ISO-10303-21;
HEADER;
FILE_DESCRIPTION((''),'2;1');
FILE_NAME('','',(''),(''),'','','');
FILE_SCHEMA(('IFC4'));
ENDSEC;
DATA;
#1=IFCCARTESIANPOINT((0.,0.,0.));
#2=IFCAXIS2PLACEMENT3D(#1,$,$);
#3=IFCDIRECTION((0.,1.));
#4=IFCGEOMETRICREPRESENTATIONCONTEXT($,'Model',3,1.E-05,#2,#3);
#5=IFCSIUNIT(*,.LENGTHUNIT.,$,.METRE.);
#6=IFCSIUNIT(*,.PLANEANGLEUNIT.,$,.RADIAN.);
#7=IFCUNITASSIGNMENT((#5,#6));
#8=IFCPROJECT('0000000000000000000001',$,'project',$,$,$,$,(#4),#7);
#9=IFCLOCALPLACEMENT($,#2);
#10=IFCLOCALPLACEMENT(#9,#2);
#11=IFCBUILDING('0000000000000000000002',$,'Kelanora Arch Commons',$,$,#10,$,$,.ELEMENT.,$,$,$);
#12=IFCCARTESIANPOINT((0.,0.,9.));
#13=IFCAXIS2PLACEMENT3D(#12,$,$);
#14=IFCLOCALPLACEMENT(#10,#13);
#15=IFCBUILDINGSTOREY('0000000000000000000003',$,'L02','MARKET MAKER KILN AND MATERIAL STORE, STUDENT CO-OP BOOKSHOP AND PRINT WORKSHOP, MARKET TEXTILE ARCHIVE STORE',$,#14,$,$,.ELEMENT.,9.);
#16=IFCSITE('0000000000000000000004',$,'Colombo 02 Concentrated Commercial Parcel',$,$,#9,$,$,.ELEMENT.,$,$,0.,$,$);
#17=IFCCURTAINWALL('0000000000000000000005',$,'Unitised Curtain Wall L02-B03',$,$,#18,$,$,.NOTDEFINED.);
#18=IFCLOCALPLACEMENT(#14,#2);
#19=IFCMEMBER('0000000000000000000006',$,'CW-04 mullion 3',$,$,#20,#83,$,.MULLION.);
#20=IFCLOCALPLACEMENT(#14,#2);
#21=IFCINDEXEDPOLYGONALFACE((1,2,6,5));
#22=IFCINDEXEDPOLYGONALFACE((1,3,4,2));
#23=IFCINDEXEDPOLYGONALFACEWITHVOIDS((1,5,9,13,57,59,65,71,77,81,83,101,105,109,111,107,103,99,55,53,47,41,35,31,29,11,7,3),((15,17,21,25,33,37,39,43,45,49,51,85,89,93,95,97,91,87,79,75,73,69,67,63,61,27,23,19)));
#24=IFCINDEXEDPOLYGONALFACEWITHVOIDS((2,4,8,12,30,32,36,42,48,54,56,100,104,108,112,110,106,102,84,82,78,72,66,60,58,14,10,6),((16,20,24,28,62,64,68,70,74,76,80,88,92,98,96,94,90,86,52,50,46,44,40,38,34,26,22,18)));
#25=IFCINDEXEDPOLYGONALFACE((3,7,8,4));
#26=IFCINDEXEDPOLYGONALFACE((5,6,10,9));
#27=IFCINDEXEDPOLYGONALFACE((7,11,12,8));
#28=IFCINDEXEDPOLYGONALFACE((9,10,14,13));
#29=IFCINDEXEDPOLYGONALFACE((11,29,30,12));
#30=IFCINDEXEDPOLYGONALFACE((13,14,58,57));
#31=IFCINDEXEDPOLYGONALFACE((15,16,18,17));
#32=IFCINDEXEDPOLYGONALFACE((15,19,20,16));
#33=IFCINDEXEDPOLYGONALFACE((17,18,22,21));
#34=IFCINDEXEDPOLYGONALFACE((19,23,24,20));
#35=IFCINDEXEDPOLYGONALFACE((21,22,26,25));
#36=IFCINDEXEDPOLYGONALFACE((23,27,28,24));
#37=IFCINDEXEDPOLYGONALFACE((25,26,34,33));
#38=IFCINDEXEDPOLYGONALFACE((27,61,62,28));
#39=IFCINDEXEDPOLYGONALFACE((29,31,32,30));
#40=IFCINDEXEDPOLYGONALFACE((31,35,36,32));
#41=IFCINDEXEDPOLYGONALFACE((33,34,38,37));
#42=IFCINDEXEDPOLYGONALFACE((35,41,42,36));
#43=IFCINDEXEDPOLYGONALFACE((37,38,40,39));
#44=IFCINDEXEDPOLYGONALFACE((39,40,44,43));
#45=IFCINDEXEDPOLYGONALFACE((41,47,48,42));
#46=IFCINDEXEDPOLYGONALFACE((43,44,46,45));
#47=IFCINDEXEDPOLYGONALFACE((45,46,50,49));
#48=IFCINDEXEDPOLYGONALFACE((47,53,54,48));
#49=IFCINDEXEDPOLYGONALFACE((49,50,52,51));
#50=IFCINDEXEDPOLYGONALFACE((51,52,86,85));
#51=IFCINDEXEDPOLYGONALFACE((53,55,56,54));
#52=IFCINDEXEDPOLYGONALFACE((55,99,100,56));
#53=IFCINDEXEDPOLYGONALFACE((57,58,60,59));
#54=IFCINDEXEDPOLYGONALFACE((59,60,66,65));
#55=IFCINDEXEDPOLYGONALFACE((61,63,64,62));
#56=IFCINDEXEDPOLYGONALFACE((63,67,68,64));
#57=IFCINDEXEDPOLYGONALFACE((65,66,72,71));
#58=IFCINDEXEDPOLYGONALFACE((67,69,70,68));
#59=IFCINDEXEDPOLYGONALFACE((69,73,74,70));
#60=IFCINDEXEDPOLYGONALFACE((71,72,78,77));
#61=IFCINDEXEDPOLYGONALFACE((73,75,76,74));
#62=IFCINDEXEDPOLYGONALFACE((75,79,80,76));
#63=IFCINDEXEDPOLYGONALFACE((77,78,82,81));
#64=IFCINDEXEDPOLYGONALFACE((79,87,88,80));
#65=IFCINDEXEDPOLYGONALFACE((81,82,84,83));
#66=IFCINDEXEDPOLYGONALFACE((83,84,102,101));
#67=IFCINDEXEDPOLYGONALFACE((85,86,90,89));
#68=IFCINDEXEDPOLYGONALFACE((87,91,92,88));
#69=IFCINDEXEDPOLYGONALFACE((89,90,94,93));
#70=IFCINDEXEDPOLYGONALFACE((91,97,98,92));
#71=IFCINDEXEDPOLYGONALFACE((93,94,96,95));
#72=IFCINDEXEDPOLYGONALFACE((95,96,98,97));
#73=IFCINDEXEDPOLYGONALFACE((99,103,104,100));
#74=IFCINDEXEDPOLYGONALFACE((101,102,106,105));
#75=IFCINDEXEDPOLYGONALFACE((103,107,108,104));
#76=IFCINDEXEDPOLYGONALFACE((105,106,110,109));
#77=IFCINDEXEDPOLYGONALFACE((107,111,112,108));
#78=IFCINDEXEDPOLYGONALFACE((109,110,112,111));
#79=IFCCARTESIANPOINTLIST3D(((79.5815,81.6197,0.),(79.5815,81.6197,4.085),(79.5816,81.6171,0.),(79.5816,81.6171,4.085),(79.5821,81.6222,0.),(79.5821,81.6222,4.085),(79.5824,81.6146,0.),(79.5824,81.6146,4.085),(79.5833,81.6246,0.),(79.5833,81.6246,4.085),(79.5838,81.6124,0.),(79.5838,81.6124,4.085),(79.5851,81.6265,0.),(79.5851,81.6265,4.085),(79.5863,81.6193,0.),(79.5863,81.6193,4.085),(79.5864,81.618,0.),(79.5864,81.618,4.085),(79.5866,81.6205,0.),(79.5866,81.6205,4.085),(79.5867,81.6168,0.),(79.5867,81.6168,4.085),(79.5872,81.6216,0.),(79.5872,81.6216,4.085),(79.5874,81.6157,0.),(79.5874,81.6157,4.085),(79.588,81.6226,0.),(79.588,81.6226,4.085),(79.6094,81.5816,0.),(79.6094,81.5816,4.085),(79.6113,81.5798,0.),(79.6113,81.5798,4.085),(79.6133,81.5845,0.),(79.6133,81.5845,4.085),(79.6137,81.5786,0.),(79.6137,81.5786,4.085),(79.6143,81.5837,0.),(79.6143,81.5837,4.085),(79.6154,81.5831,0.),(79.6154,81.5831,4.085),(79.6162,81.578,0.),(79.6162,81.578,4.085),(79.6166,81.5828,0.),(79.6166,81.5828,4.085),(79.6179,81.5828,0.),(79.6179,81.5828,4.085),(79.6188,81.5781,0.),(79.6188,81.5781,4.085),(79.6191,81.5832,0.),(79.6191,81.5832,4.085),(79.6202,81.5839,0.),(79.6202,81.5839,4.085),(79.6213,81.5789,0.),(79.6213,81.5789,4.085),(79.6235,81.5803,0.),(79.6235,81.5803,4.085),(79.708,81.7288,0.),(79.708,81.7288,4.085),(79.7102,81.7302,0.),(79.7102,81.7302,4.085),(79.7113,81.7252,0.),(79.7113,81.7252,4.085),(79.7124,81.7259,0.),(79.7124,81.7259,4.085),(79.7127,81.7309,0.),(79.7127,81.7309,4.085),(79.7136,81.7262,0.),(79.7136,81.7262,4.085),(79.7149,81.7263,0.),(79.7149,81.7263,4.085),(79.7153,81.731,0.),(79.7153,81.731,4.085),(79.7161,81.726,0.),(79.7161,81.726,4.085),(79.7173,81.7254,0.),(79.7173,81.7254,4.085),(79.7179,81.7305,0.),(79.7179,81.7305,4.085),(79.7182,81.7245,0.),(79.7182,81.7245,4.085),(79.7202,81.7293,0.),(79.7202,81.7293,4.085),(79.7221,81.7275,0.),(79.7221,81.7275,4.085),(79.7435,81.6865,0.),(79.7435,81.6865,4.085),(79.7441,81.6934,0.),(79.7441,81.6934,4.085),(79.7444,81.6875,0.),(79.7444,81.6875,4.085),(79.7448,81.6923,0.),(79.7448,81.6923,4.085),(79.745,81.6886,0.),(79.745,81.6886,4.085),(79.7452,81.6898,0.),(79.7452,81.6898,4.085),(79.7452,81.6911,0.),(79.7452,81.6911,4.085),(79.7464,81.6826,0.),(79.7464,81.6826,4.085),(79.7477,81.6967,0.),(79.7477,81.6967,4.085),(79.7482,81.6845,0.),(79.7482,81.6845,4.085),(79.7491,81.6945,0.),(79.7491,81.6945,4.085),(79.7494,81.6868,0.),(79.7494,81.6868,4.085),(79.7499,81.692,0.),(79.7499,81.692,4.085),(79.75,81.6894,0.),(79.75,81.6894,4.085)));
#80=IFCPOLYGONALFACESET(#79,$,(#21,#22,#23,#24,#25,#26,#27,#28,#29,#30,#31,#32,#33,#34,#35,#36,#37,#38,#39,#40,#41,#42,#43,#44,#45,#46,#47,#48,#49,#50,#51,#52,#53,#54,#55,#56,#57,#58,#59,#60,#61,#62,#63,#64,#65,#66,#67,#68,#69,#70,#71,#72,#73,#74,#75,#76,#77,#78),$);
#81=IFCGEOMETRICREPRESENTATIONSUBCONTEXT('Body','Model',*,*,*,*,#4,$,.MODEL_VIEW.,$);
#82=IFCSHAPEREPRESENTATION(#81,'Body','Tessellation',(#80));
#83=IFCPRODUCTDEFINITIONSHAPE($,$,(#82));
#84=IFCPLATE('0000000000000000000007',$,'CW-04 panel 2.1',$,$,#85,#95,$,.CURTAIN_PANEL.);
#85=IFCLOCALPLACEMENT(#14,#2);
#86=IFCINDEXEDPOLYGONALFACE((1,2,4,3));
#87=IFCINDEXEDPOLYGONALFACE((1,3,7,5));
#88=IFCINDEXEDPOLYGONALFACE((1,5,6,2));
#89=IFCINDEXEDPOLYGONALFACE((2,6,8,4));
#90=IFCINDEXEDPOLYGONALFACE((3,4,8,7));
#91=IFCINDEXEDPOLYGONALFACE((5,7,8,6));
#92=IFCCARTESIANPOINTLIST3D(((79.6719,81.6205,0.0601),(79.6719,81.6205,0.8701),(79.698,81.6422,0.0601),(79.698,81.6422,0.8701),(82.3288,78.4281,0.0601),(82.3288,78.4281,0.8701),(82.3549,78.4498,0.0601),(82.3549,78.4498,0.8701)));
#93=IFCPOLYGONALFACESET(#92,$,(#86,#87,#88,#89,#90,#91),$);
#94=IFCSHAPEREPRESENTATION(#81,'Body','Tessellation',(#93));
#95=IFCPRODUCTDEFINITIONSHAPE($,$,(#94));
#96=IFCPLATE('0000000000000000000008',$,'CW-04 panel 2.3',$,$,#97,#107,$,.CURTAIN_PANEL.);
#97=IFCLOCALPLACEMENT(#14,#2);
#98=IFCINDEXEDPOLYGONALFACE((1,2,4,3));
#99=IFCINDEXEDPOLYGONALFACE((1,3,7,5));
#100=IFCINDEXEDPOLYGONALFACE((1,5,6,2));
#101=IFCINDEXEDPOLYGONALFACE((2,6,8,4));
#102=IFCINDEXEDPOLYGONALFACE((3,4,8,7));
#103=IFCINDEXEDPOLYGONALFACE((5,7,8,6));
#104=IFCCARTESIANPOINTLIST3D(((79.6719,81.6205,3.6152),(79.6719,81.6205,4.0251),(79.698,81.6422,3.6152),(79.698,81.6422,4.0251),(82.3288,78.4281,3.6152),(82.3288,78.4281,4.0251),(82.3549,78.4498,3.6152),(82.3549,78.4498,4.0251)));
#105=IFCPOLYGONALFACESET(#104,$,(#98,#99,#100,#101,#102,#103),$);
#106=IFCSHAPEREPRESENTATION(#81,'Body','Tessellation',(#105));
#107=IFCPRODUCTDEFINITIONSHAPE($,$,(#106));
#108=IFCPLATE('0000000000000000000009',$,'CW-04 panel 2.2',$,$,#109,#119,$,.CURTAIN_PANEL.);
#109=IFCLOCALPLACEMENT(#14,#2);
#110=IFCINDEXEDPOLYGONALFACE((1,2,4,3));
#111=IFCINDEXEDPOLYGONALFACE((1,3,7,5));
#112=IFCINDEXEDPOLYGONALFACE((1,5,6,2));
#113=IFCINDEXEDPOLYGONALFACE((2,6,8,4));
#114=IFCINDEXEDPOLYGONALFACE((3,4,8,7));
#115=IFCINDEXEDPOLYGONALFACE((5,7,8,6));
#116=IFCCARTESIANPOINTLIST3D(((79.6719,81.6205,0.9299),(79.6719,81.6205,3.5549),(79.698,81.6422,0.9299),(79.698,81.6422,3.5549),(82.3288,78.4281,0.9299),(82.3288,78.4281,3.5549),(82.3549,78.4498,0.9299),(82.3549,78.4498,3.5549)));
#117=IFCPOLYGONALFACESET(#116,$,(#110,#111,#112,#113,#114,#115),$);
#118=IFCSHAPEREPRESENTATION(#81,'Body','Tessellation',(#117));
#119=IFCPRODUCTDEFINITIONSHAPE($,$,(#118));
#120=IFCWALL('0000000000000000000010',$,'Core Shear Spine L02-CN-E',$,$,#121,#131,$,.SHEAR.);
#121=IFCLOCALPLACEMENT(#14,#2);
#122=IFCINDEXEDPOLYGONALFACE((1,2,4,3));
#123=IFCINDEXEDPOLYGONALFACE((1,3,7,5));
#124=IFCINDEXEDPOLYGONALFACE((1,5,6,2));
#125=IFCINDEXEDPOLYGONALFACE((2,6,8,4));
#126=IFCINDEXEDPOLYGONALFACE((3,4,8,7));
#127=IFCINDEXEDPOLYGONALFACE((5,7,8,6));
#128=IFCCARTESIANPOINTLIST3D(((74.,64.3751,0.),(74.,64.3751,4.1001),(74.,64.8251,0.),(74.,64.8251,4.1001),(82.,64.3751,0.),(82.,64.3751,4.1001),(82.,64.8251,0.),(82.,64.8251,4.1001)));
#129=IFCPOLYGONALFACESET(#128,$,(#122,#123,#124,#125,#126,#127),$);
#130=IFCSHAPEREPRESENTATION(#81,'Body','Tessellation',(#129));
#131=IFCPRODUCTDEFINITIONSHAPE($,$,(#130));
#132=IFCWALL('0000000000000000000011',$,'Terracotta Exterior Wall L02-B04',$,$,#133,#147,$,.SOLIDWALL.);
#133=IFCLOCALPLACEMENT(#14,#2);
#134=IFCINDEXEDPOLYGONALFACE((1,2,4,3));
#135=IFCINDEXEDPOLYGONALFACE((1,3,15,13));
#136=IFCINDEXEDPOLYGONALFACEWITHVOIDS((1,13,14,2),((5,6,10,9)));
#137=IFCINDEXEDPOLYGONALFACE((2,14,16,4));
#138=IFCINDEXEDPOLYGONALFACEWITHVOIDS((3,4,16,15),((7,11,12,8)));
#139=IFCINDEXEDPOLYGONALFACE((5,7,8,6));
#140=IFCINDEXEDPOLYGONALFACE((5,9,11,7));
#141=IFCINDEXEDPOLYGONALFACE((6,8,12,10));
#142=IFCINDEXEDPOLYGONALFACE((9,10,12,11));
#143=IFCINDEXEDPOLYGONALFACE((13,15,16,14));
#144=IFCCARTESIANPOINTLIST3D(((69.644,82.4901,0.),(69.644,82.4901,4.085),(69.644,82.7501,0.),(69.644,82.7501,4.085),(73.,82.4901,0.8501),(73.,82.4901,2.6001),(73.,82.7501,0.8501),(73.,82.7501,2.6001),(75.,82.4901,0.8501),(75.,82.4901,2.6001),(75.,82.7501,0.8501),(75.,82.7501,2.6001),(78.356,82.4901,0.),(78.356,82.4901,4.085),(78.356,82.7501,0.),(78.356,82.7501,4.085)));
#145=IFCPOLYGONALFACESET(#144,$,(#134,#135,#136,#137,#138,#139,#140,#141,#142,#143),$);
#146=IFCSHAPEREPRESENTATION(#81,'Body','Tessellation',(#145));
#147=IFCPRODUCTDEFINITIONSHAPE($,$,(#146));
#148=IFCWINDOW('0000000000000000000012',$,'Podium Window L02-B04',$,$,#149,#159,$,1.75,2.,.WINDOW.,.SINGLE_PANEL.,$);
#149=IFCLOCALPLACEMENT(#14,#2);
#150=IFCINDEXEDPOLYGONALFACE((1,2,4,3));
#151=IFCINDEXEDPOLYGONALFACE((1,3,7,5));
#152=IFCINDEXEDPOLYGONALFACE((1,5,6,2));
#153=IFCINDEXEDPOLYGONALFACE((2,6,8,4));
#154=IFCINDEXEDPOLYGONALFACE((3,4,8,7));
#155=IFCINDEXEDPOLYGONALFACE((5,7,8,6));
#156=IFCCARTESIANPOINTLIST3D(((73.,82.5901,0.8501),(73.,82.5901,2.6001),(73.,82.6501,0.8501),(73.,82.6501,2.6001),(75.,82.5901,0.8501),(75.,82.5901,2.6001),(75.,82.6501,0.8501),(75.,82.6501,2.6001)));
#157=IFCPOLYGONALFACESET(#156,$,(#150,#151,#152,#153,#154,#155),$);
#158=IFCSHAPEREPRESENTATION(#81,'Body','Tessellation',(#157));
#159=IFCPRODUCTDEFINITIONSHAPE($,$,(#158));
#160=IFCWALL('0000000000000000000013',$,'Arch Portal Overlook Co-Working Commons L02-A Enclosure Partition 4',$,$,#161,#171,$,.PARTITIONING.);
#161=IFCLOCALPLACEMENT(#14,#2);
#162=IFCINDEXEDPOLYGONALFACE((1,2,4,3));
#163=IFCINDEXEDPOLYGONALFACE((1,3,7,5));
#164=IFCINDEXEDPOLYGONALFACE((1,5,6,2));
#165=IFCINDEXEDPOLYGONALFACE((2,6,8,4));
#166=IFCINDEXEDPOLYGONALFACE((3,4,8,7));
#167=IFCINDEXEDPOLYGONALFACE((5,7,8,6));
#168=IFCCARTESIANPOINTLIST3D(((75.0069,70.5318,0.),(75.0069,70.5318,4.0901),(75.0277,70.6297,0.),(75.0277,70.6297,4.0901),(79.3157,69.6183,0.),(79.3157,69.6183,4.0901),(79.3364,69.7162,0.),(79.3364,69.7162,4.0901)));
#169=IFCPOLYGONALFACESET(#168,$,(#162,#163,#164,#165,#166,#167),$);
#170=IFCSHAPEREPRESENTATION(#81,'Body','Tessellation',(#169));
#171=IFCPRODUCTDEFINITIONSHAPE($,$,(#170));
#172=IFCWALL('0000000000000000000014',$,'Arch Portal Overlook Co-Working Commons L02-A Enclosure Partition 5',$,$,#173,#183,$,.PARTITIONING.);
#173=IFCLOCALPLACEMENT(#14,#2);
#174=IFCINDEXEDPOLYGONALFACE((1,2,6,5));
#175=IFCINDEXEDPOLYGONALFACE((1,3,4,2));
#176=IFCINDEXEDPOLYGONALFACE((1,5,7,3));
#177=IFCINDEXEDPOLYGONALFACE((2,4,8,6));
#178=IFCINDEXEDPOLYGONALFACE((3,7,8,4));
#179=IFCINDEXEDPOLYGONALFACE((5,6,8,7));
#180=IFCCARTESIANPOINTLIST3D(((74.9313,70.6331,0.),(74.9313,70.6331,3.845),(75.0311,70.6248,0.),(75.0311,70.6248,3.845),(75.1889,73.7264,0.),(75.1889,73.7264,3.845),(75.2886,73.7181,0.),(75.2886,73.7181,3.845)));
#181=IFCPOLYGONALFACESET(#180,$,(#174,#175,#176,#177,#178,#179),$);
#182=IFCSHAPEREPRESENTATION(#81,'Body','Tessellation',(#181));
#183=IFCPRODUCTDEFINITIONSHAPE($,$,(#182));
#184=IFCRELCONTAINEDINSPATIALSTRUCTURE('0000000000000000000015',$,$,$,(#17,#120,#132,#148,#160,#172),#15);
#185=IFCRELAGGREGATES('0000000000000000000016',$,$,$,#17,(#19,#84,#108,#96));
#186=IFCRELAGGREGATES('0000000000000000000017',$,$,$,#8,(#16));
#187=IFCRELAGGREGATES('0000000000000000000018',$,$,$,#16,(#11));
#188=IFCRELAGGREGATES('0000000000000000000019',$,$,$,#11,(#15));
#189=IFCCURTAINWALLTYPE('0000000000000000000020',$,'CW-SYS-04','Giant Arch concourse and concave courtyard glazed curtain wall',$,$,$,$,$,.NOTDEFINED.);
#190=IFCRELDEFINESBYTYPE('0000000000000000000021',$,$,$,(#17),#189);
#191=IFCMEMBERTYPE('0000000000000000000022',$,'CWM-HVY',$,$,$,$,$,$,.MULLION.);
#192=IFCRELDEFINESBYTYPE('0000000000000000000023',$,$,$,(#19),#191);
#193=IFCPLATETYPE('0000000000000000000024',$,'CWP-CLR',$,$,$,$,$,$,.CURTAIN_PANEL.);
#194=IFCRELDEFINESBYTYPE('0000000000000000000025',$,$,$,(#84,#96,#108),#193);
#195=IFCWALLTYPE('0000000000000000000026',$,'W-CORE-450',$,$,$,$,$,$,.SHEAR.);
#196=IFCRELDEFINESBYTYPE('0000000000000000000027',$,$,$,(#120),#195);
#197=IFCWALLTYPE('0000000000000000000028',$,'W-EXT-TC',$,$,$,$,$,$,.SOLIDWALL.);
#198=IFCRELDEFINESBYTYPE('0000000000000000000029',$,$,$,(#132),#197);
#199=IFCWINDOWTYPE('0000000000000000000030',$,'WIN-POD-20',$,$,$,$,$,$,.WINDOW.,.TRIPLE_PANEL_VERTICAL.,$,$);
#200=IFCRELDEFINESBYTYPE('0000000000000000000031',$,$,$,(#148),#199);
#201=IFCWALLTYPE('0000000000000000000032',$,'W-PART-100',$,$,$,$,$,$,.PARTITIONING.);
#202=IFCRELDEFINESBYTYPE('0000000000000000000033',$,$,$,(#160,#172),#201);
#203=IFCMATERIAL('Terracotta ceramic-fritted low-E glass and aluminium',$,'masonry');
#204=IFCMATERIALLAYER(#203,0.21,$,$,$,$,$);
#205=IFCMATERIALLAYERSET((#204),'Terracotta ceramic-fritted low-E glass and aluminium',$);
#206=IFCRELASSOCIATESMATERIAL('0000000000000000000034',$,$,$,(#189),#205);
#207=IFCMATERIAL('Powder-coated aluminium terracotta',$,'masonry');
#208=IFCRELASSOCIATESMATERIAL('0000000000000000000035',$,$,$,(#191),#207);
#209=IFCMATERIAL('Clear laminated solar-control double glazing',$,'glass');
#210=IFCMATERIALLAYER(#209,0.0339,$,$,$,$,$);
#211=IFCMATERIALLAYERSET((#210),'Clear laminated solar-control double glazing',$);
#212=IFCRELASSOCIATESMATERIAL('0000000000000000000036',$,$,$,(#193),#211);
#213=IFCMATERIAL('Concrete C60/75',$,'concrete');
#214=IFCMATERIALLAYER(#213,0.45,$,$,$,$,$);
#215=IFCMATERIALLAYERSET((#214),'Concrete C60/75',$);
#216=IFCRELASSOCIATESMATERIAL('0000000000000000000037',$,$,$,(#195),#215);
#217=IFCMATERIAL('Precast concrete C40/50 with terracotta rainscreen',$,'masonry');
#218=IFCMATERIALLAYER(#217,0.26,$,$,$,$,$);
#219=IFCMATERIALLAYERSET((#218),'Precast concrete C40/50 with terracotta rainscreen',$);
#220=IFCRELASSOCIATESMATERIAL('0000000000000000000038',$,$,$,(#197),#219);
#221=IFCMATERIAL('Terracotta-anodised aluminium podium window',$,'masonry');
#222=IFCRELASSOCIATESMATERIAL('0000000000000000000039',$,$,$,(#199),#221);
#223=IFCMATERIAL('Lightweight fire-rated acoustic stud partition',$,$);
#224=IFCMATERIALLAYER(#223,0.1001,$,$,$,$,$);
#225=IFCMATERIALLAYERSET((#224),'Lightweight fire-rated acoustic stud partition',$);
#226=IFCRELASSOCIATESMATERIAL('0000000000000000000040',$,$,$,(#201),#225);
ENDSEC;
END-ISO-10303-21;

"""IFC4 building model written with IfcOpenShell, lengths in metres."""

from ifc_helpers import new_model, si_unit, direction, frame, frame_2d, origin, origin_2d, place, context, subcontext, project, spatial, rectangle, hollow_rectangle, extrude, source, transform, mapped, material, layer, layer_set, material_profile, profile_set, type_object, element, fill, aggregate, save


model = new_model("IFC4")

# Units and contexts
model_context = context("Model", 3, precision=1e-05, world=origin(), true_north=direction((0.0, 1.0)))
body_context = subcontext(model_context, "Body", "Model", "MODEL_VIEW")
ifc_project = project(units=[si_unit("LENGTHUNIT", "METRE"), si_unit("PLANEANGLEUNIT", "RADIAN")], contexts=[model_context])

# Site, building, storey
site_placement = place(None, origin())
site = spatial("IfcSite", under=ifc_project, at=site_placement, Name="Colombo 02 Concentrated Commercial Parcel", CompositionType="ELEMENT", RefElevation=0.0)
building_placement = place(site_placement, origin())
building = spatial("IfcBuilding", under=site, at=building_placement, Name="Kelanora Arch Commons", CompositionType="ELEMENT")
storey_placement = place(building_placement, frame((0.0, 0.0, 9.0)))
storey = spatial("IfcBuildingStorey", under=building, at=storey_placement, Name="L02", Description="MARKET MAKER KILN AND MATERIAL STORE, STUDENT CO-OP BOOKSHOP AND PRINT WORKSHOP, MARKET TEXTILE ARCHIVE STORE", CompositionType="ELEMENT", Elevation=9.0)

# Shared definitions
ifc_material_1 = material(Name="Concrete C60/75", Category="concrete")

# Curtain wall, member, plates
ifc_material_2 = material(Name="Terracotta ceramic-fritted low-E glass and aluminium", Category="masonry")
ifc_layer_1 = layer(ifc_material_2, 0.21)
ifc_layer_set_1 = layer_set([ifc_layer_1], Name="Terracotta ceramic-fritted low-E glass and aluminium")
curtain_wall_type = type_object("IfcCurtainWallType", Name="CW-SYS-04", Description="Giant Arch concourse and concave courtyard glazed curtain wall", PredefinedType="NOTDEFINED", material=ifc_layer_set_1)
curtain_wall_placement = place(storey_placement, origin())
curtain_wall = element("IfcCurtainWall", 1, at=curtain_wall_placement, inside=storey, type_object=curtain_wall_type, Name="Unitised Curtain Wall L02-B03", PredefinedType="NOTDEFINED")
ifc_material_3 = material(Name="Powder-coated aluminium terracotta", Category="masonry")
ifc_material_profile_1 = material_profile(ifc_material_3, hollow_rectangle(XDim=0.1799, YDim=0.0601, WallThickness=0.0049, InnerFilletRadius=0.0049, OuterFilletRadius=0.01, at=origin_2d()), Name="CWM180x60")
ifc_profile_set_1 = profile_set([ifc_material_profile_1], Name="Powder-coated aluminium terracotta")
member_type = type_object("IfcMemberType", Name="CWM-HVY", PredefinedType="MULLION", material=ifc_profile_set_1)
member_placement = place(storey_placement, frame((79.6658, 81.6545, 0.0), z_axis=(0.0, 0.0, 1.0), x_axis=(-0.768623, -0.639702, 0.0)))
member = element("IfcMember", 2, at=member_placement, type_object=member_type, Name="CW-04 mullion 3", PredefinedType="MULLION", context=body_context, shape_type="SweptSolid", body=[
    extrude(hollow_rectangle(XDim=0.1799, YDim=0.0601, WallThickness=0.0049, InnerFilletRadius=0.0049, OuterFilletRadius=0.01, at=origin_2d()), origin(), (0.0, 0.0, 1.0), 4.085),
])
ifc_material_4 = material(Name="Clear laminated solar-control double glazing", Category="glass")
ifc_layer_2 = layer(ifc_material_4, 0.0339)
ifc_layer_set_2 = layer_set([ifc_layer_2], Name="Clear laminated solar-control double glazing")
plate_type = type_object("IfcPlateType", Name="CWP-CLR", PredefinedType="CURTAIN_PANEL", material=ifc_layer_set_2)
shared_shape_1 = source(origin(), body_context, "Body", "SweptSolid", [
    extrude(rectangle(XDim=4.1533, YDim=0.0339, at=origin_2d()), origin(), (0.0, 0.0, 1.0), 0.8101),
])
plate_1_placement = place(storey_placement, frame((81.0134, 80.0352, 0.0601), z_axis=(0.0, 0.0, 1.0), x_axis=(-0.639702, 0.768623, 0.0)))
plate_1 = element("IfcPlate", 3, at=plate_1_placement, type_object=plate_type, Name="CW-04 panel 2.1", PredefinedType="CURTAIN_PANEL", context=body_context, shape_type="MappedRepresentation", body=[
    mapped(shared_shape_1, transform((0.0, 0.0, 0.0), scale=1.0)),
])
shared_shape_2 = source(origin(), body_context, "Body", "SweptSolid", [
    extrude(rectangle(XDim=4.1533, YDim=0.0339, at=origin_2d()), origin(), (0.0, 0.0, 1.0), 0.4099),
])
plate_2_placement = place(storey_placement, frame((81.0134, 80.0352, 3.6152), z_axis=(0.0, 0.0, 1.0), x_axis=(-0.639702, 0.768623, 0.0)))
plate_2 = element("IfcPlate", 4, at=plate_2_placement, type_object=plate_type, Name="CW-04 panel 2.3", PredefinedType="CURTAIN_PANEL", context=body_context, shape_type="MappedRepresentation", body=[
    mapped(shared_shape_2, transform((0.0, 0.0, 0.0), scale=1.0)),
])
shared_shape_3 = source(origin(), body_context, "Body", "SweptSolid", [
    extrude(rectangle(XDim=4.1533, YDim=0.0339, at=origin_2d()), origin(), (0.0, 0.0, 1.0), 2.625),
])
plate_3_placement = place(storey_placement, frame((81.0134, 80.0352, 0.9299), z_axis=(0.0, 0.0, 1.0), x_axis=(-0.639702, 0.768623, 0.0)))
plate_3 = element("IfcPlate", 5, at=plate_3_placement, type_object=plate_type, Name="CW-04 panel 2.2", PredefinedType="CURTAIN_PANEL", context=body_context, shape_type="MappedRepresentation", body=[
    mapped(shared_shape_3, transform((0.0, 0.0, 0.0), scale=1.0)),
])
aggregate(curtain_wall, [member, plate_1, plate_3, plate_2])

# Wall
ifc_layer_3 = layer(ifc_material_1, 0.45)
ifc_layer_set_3 = layer_set([ifc_layer_3], Name="Concrete C60/75")
wall_type_1 = type_object("IfcWallType", Name="W-CORE-450", PredefinedType="SHEAR", material=ifc_layer_set_3)
wall_1_placement = place(storey_placement, frame((74.0, 64.6001, 0.0), z_axis=(0.0, 0.0, 1.0), x_axis=(1.0, 0.0, 0.0)))
element("IfcWall", 6, at=wall_1_placement, inside=storey, type_object=wall_type_1, Name="Core Shear Spine L02-CN-E", PredefinedType="SHEAR", context=body_context, shape_type="SweptSolid", body=[
    extrude(rectangle(XDim=8.0, YDim=0.45, at=frame_2d((4.0, 0.0))), origin(), (0.0, 0.0, 1.0), 4.1001),
])

# Wall, opening, window
ifc_material_5 = material(Name="Precast concrete C40/50 with terracotta rainscreen", Category="masonry")
ifc_layer_4 = layer(ifc_material_5, 0.26)
ifc_layer_set_4 = layer_set([ifc_layer_4], Name="Precast concrete C40/50 with terracotta rainscreen")
wall_type_2 = type_object("IfcWallType", Name="W-EXT-TC", PredefinedType="SOLIDWALL", material=ifc_layer_set_4)
wall_2_placement = place(storey_placement, frame((78.356, 82.6201, 0.0), z_axis=(0.0, 0.0, 1.0), x_axis=(-1.0, 0.0, 0.0)))
wall_2 = element("IfcWall", 7, at=wall_2_placement, inside=storey, type_object=wall_type_2, Name="Terracotta Exterior Wall L02-B04", PredefinedType="SOLIDWALL", context=body_context, shape_type="SweptSolid", body=[
    extrude(rectangle(XDim=8.7119, YDim=0.26, at=frame_2d((4.356, 0.0))), origin(), (0.0, 0.0, 1.0), 4.085),
])
opening_placement = place(wall_2_placement, frame((3.356, 0.0, 0.8501)))
opening = element("IfcOpeningElement", 8, at=opening_placement, cuts=wall_2, PredefinedType="OPENING", context=body_context, shape_type="SweptSolid", body=[
    extrude(rectangle(XDim=2.0, YDim=1.75, at=frame_2d((1.0, 0.875))), frame((0.0, 0.1401, 0.0), z_axis=(0.0, -1.0, 0.0), x_axis=(1.0, 0.0, 0.0)), (0.0, 0.0, 1.0), 0.28),
])
ifc_material_6 = material(Name="Terracotta-anodised aluminium podium window", Category="masonry")
window_type = type_object("IfcWindowType", Name="WIN-POD-20", PartitioningType="TRIPLE_PANEL_VERTICAL", PredefinedType="WINDOW", material=ifc_material_6)
window_placement = place(opening_placement, origin())
window = element("IfcWindow", 9, at=window_placement, inside=storey, type_object=window_type, Name="Podium Window L02-B04", OverallHeight=1.75, OverallWidth=2.0, PartitioningType="SINGLE_PANEL", PredefinedType="WINDOW", context=body_context, shape_type="SweptSolid", body=[
    extrude(rectangle(XDim=2.0, YDim=1.75, at=frame_2d((1.0, 0.875))), frame((0.0, 0.03, 0.0), z_axis=(0.0, -1.0, 0.0), x_axis=(1.0, 0.0, 0.0)), (0.0, 0.0, 1.0), 0.0601),
])
fill(opening, window)

# Walls
ifc_material_7 = material(Name="Lightweight fire-rated acoustic stud partition")
ifc_layer_5 = layer(ifc_material_7, 0.1001)
ifc_layer_set_5 = layer_set([ifc_layer_5], Name="Lightweight fire-rated acoustic stud partition")
wall_type_3 = type_object("IfcWallType", Name="W-PART-100", PredefinedType="PARTITIONING", material=ifc_layer_set_5)
wall_3_placement = place(storey_placement, frame((79.3259, 69.6672, 0.0), z_axis=(0.0, 0.0, 1.0), x_axis=(-0.978254, 0.207413, 0.0)))
element("IfcWall", 10, at=wall_3_placement, inside=storey, type_object=wall_type_3, Name="Arch Portal Overlook Co-Working Commons L02-A Enclosure Partition 4", PredefinedType="PARTITIONING", context=body_context, shape_type="SweptSolid", body=[
    extrude(rectangle(XDim=4.4045, YDim=0.1001, at=frame_2d((2.2021, 0.0))), origin(), (0.0, 0.0, 1.0), 4.0901),
])
wall_4_placement = place(storey_placement, frame((74.9812, 70.6289, 0.0), z_axis=(0.0, 0.0, 1.0), x_axis=(0.08298, 0.996551, 0.0)))
element("IfcWall", 11, at=wall_4_placement, inside=storey, type_object=wall_type_3, Name="Arch Portal Overlook Co-Working Commons L02-A Enclosure Partition 5", PredefinedType="PARTITIONING", context=body_context, shape_type="SweptSolid", body=[
    extrude(rectangle(XDim=3.104, YDim=0.1001, at=frame_2d((1.552, 0.0))), origin(), (0.0, 0.0, 1.0), 3.845),
])

save(model, "model.ifc")
